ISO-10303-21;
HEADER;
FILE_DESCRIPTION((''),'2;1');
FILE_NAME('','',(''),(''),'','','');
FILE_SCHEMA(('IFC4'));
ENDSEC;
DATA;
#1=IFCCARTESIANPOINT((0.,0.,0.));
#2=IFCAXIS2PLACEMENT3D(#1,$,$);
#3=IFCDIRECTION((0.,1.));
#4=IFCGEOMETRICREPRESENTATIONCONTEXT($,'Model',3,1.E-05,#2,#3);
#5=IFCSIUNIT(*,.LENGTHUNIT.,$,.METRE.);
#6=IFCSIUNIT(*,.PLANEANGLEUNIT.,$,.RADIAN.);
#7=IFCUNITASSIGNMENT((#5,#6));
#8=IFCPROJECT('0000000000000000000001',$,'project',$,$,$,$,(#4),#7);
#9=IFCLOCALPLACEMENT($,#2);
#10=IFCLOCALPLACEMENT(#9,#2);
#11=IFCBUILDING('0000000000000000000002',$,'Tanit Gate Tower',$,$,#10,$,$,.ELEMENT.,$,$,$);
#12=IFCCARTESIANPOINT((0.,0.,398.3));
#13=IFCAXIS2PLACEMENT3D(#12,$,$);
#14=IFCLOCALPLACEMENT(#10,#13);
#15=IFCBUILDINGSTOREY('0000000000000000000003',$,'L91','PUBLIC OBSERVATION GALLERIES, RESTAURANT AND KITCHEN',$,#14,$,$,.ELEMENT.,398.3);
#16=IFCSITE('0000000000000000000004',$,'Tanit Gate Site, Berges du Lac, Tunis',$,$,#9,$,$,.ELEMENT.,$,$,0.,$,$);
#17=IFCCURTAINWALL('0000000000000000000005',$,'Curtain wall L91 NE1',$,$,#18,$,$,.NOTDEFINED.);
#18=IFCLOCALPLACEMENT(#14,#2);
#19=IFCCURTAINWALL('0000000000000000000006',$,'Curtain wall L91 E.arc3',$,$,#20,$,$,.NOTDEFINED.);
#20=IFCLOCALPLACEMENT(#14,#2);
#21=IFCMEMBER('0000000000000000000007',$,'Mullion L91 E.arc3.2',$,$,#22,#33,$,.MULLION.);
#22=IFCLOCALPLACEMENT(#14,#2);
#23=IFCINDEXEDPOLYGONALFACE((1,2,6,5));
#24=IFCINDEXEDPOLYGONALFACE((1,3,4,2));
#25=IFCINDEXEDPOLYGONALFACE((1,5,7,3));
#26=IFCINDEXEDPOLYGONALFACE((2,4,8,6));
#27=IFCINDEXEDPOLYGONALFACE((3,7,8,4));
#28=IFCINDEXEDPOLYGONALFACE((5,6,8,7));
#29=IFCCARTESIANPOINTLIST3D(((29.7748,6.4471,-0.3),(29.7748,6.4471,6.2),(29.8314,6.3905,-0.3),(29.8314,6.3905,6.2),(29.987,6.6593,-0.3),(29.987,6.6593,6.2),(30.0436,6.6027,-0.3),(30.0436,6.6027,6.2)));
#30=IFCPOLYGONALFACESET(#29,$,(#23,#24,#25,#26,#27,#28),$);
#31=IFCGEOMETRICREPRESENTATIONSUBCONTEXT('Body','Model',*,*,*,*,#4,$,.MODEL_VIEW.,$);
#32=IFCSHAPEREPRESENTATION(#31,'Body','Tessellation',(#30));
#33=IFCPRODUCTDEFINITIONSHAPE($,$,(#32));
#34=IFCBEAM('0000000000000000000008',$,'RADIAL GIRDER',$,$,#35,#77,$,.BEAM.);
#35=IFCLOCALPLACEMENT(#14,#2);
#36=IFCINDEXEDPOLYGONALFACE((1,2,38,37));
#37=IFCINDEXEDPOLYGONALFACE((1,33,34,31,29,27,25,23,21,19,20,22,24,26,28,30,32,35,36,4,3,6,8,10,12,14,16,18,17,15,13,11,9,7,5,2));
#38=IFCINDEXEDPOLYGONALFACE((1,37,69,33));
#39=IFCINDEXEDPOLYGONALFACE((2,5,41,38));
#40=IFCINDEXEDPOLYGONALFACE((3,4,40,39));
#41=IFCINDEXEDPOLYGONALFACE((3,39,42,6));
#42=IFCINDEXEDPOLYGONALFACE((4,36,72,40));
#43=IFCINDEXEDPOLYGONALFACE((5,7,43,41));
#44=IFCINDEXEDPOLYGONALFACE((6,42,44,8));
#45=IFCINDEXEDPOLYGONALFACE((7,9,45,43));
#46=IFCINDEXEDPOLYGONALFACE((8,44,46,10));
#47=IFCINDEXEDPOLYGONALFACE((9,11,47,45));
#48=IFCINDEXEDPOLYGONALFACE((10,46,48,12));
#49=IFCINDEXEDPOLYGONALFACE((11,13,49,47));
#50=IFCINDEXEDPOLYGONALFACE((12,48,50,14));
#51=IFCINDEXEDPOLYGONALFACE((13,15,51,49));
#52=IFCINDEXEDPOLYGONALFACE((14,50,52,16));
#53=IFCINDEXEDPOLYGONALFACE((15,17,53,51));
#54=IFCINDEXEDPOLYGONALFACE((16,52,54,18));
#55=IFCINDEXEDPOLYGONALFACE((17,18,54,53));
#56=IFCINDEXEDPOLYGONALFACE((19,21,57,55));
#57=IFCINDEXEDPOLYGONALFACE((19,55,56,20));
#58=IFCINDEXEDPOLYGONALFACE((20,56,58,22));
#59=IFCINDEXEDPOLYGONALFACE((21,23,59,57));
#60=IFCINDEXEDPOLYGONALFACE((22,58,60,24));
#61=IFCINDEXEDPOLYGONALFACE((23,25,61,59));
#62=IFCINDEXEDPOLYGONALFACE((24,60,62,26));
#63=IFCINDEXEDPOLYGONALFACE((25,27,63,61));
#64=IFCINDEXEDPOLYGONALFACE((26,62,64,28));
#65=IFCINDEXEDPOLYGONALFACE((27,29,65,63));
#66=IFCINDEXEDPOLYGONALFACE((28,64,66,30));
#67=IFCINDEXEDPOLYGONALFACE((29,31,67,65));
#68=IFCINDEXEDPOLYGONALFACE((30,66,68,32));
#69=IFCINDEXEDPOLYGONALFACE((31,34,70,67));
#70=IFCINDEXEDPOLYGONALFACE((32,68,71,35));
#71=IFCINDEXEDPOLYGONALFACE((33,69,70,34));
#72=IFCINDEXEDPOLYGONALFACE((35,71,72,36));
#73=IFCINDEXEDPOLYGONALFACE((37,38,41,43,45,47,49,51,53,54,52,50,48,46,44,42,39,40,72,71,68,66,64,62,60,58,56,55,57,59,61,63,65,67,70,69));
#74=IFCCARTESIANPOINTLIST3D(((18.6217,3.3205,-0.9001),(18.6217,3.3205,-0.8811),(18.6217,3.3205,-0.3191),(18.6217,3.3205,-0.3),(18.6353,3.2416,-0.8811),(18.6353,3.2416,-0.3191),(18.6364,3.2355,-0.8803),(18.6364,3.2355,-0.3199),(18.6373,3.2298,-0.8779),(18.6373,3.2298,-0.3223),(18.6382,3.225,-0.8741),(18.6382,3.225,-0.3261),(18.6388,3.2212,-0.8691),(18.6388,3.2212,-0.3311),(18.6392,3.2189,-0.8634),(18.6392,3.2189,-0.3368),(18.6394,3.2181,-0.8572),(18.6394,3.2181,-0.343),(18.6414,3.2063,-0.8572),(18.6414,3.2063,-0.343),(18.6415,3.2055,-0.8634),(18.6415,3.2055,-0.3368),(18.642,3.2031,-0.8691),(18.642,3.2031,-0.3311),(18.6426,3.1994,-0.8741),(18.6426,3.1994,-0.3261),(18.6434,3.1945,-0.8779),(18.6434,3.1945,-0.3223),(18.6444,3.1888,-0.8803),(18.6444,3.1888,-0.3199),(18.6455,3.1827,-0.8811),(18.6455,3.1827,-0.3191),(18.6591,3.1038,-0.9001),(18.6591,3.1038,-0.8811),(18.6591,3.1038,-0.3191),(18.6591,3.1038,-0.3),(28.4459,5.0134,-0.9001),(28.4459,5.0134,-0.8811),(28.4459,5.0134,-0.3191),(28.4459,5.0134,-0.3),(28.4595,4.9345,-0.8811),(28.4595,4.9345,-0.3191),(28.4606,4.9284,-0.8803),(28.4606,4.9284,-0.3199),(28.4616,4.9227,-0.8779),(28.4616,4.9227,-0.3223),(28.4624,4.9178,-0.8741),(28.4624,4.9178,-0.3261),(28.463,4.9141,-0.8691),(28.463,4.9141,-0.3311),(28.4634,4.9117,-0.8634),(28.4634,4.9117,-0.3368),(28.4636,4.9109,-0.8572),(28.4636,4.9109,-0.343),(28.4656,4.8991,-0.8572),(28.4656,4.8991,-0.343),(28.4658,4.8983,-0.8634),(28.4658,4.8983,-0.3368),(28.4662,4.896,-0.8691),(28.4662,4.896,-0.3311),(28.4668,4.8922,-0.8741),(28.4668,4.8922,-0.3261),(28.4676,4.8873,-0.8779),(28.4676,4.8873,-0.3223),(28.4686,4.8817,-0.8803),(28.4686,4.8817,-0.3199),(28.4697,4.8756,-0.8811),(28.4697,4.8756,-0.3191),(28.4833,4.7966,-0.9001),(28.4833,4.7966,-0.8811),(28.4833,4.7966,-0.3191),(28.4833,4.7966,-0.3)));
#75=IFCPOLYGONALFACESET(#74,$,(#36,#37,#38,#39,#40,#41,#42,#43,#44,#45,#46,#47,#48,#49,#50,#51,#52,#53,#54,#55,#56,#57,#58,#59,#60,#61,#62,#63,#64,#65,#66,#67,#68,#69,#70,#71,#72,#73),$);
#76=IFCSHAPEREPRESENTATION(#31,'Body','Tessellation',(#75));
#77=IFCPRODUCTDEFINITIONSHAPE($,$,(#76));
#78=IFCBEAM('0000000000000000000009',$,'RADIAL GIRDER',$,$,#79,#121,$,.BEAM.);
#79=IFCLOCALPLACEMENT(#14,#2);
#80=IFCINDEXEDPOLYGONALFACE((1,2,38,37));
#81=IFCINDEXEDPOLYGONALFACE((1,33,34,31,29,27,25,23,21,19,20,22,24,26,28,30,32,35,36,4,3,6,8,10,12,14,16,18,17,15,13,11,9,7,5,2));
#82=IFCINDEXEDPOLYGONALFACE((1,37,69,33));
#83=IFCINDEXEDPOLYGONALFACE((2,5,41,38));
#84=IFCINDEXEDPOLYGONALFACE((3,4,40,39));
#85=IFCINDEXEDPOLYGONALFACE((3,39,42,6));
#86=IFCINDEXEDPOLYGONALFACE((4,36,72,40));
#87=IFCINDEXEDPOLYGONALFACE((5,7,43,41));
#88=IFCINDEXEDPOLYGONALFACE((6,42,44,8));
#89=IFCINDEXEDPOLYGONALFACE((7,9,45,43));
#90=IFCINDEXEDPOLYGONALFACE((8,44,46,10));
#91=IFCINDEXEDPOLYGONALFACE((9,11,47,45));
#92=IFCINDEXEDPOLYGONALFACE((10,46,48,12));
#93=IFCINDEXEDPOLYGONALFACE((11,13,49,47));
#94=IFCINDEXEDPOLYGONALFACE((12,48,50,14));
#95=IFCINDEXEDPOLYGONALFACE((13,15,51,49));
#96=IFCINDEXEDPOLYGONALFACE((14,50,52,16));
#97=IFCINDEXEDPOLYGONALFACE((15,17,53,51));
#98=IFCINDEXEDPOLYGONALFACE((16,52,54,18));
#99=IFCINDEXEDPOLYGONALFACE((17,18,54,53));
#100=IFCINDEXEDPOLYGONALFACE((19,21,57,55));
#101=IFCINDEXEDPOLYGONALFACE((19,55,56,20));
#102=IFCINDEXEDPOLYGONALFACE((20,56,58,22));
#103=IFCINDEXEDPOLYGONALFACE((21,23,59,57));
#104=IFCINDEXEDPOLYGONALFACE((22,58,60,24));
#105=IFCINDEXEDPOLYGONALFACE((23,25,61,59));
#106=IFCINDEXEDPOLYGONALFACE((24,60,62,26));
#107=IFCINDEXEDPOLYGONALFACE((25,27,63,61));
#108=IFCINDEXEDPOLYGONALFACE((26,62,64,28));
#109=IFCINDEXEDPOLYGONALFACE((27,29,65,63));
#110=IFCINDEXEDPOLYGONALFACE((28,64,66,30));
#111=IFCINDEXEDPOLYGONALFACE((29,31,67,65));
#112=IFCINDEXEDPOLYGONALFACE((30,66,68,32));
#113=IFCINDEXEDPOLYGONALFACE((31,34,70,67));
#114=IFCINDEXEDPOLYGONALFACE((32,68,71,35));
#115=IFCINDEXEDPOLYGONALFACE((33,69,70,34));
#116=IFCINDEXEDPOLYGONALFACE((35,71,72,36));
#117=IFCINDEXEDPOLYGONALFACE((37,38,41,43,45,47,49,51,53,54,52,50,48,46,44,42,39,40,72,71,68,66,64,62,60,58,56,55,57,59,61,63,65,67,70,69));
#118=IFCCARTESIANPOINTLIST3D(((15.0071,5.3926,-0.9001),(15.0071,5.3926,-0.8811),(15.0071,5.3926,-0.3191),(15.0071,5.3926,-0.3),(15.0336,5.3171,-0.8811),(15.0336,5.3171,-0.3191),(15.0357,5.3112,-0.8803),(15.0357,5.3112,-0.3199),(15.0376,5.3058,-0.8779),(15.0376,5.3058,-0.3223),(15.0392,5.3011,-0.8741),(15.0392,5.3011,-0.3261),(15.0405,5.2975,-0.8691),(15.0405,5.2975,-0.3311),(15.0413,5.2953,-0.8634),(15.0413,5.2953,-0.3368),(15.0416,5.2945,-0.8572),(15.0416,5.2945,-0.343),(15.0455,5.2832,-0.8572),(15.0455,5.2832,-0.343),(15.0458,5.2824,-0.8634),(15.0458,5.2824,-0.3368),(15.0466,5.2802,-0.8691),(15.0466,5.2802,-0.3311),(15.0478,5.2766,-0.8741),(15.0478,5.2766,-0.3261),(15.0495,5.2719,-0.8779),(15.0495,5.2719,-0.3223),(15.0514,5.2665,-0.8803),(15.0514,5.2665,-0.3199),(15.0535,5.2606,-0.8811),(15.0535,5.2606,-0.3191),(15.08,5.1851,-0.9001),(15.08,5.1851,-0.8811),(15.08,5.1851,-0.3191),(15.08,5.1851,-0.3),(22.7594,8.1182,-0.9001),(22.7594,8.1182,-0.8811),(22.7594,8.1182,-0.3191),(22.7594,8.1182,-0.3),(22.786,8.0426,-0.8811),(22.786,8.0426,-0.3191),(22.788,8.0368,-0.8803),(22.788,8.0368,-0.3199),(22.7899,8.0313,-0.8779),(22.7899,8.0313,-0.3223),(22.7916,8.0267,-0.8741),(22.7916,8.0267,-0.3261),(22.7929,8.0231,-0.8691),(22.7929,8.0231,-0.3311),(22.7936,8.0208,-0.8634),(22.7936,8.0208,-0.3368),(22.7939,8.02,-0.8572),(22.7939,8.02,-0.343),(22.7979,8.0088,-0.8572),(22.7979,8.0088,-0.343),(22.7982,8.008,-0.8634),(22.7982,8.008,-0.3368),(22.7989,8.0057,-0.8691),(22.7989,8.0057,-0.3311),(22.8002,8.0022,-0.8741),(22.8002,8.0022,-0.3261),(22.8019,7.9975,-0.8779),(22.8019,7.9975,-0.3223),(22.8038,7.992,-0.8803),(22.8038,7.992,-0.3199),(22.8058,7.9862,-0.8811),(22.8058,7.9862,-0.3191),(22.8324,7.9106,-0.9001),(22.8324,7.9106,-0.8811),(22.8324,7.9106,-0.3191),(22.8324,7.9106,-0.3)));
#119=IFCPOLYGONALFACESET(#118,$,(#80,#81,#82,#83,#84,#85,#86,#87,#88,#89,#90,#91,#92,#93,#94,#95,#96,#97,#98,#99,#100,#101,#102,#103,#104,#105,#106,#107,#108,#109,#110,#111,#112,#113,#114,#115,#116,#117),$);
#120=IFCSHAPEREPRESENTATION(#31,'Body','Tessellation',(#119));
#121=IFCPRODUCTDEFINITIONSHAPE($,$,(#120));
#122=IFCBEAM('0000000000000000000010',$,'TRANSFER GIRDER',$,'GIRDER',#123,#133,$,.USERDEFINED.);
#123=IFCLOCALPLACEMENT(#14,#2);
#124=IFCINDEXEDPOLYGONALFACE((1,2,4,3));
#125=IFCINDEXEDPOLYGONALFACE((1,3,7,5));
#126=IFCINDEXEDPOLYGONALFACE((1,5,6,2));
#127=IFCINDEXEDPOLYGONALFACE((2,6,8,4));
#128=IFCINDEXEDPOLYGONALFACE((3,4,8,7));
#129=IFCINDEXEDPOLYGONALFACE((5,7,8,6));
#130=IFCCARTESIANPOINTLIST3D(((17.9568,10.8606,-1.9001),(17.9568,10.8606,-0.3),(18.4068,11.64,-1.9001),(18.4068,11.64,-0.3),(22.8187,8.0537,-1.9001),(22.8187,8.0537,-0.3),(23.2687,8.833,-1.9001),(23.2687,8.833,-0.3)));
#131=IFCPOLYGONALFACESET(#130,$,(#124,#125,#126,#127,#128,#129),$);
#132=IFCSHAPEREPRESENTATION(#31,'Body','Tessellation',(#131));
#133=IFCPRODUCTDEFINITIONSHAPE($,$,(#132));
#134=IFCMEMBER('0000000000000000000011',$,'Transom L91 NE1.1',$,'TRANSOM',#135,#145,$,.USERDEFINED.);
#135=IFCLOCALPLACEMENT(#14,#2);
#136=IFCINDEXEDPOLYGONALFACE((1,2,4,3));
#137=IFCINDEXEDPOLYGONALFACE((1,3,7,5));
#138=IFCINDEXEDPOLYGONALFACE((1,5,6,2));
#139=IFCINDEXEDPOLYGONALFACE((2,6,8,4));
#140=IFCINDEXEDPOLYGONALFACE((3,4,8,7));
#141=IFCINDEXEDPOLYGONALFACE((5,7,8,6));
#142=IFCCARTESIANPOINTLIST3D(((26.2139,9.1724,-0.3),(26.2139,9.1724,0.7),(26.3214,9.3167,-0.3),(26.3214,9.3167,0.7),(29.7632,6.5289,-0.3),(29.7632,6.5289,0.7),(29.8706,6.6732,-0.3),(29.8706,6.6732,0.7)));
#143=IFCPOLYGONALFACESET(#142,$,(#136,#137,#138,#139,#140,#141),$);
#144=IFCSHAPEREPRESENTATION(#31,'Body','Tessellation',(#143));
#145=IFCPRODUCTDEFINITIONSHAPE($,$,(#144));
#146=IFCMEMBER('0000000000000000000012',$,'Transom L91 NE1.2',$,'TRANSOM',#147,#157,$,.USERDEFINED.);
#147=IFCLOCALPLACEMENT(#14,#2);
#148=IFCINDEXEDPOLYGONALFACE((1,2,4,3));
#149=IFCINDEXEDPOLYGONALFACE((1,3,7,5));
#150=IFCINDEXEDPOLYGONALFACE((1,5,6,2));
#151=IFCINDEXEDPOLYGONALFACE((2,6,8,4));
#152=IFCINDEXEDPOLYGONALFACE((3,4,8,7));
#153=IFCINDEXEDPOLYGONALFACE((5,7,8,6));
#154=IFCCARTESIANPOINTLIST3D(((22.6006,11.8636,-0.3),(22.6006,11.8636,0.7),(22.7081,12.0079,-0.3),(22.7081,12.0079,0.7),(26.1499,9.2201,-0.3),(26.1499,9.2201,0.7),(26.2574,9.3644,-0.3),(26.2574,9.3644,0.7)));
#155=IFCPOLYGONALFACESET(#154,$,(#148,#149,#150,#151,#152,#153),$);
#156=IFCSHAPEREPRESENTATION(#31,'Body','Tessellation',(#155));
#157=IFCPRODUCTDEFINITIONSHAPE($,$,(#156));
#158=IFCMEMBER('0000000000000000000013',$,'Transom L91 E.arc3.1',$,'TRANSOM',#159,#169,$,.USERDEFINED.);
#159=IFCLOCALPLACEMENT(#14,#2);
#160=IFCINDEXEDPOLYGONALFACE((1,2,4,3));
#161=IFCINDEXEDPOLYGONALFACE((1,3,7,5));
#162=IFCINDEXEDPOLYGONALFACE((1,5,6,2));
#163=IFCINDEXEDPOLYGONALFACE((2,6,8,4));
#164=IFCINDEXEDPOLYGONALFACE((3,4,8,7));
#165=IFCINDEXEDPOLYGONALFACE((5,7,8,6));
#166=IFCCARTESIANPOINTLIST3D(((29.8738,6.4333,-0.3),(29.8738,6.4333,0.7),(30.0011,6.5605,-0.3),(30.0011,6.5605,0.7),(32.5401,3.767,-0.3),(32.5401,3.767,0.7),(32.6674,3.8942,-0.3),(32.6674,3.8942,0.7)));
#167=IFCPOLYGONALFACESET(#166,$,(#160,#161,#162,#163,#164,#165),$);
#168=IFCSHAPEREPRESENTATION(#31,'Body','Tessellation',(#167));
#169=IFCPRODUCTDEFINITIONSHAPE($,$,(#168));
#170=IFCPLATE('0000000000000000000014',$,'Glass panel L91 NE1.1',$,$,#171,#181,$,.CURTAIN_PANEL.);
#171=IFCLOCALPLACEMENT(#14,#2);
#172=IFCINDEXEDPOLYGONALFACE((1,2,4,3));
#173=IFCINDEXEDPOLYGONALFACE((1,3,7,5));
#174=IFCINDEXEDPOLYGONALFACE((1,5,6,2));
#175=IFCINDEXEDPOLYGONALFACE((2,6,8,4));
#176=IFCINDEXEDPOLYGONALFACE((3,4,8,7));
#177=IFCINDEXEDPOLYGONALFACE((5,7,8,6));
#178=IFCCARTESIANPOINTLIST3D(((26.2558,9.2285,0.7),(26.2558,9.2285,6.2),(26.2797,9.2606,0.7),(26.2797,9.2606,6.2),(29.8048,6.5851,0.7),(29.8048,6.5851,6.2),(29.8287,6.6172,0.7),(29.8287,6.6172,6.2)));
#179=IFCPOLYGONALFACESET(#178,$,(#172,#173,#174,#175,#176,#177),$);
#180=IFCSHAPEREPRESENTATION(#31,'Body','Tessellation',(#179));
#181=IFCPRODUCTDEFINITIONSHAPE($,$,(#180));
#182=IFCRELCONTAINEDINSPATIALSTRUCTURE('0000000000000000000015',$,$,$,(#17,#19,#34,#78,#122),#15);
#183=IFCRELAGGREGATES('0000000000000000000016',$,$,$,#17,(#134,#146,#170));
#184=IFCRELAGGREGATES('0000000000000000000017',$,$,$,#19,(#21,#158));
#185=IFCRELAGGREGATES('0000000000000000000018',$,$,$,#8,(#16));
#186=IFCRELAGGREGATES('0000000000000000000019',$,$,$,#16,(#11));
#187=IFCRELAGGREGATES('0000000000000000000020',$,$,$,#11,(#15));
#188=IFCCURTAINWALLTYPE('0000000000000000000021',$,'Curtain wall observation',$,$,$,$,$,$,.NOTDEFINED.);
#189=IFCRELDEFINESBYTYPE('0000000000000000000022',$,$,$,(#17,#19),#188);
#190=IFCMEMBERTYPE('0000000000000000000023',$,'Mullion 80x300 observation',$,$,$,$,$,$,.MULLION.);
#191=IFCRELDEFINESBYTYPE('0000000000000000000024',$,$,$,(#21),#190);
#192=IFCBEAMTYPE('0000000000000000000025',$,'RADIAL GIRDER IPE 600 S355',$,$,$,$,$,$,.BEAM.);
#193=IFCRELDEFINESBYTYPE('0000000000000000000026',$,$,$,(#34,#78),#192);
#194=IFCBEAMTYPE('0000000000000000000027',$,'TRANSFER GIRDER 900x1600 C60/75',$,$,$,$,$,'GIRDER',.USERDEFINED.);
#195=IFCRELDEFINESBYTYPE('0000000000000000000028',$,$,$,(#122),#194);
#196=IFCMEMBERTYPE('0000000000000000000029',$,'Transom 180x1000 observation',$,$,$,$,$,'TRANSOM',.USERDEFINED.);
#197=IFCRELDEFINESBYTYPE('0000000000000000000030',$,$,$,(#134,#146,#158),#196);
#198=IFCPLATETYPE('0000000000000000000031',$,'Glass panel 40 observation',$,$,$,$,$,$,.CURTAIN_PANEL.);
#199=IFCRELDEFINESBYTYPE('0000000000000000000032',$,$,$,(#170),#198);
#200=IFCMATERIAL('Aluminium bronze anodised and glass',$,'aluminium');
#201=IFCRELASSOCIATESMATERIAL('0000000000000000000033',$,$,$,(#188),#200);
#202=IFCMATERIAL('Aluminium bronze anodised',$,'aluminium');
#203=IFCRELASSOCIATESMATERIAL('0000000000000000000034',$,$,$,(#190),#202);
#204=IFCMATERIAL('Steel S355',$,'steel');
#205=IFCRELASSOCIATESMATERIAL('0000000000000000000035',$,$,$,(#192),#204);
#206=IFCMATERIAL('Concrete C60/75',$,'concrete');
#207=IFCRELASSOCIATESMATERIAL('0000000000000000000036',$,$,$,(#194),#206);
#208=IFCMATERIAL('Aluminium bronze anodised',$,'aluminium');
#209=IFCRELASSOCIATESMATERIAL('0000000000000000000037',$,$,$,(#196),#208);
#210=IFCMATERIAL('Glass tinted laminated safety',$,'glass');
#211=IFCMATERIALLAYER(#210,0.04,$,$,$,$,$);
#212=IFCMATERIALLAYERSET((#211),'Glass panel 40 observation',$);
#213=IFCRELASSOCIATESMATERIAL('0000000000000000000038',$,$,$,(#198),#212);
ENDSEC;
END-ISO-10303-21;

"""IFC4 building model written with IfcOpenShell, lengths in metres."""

from ifc_helpers import new_model, si_unit, direction, frame, origin, origin_2d, place, context, subcontext, project, spatial, rectangle, i_section, extrude, material, layer, layer_set, material_profile, profile_set, type_object, element, aggregate, save


model = new_model("IFC4")

# Units and contexts
model_context = context("Model", 3, precision=1e-05, world=origin(), true_north=direction((0.0, 1.0)))
body_context = subcontext(model_context, "Body", "Model", "MODEL_VIEW")
ifc_project = project(units=[si_unit("LENGTHUNIT", "METRE"), si_unit("PLANEANGLEUNIT", "RADIAN")], contexts=[model_context])

# Site, building, storey
site_placement = place(None, origin())
site = spatial("IfcSite", under=ifc_project, at=site_placement, Name="Tanit Gate Site, Berges du Lac, Tunis", CompositionType="ELEMENT", RefElevation=0.0)
building_placement = place(site_placement, origin())
building = spatial("IfcBuilding", under=site, at=building_placement, Name="Tanit Gate Tower", CompositionType="ELEMENT")
storey_placement = place(building_placement, frame((0.0, 0.0, 398.3)))
storey = spatial("IfcBuildingStorey", under=building, at=storey_placement, Name="L91", Description="PUBLIC OBSERVATION GALLERIES, RESTAURANT AND KITCHEN", CompositionType="ELEMENT", Elevation=398.3)

# Curtain wall
ifc_material_1 = material(Name="Aluminium bronze anodised and glass", Category="aluminium")
curtain_wall_type = type_object("IfcCurtainWallType", Name="Curtain wall observation", PredefinedType="NOTDEFINED", material=ifc_material_1)
curtain_wall_1_placement = place(storey_placement, origin())
curtain_wall_1 = element("IfcCurtainWall", 1, at=curtain_wall_1_placement, inside=storey, type_object=curtain_wall_type, Name="Curtain wall L91 NE1", PredefinedType="NOTDEFINED")
ifc_material_2 = material(Name="Aluminium bronze anodised", Category="aluminium")
ifc_material_profile_1 = material_profile(ifc_material_2, rectangle(XDim=0.3, YDim=0.0801, at=origin_2d()), Name="80x300 bronze mullion")
ifc_profile_set_1 = profile_set([ifc_material_profile_1], Name="Aluminium bronze anodised")
member_type_1 = type_object("IfcMemberType", Name="Mullion 80x300 observation", PredefinedType="MULLION", material=ifc_profile_set_1)

# Curtain wall, member
curtain_wall_2_placement = place(storey_placement, origin())
curtain_wall_2 = element("IfcCurtainWall", 2, at=curtain_wall_2_placement, inside=storey, type_object=curtain_wall_type, Name="Curtain wall L91 E.arc3", PredefinedType="NOTDEFINED")
member_1_placement = place(storey_placement, frame((29.9092, 6.5249, -0.3), z_axis=(0.0, 0.0, 1.0), x_axis=(-0.707107, -0.707107, 0.0)))
member_1 = element("IfcMember", 3, at=member_1_placement, type_object=member_type_1, Name="Mullion L91 E.arc3.2", PredefinedType="MULLION", context=body_context, shape_type="SweptSolid", body=[
    extrude(rectangle(XDim=0.3, YDim=0.0801, at=origin_2d()), origin(), (0.0, 0.0, 1.0), 6.5),
])

# Beams
ifc_material_3 = material(Name="Steel S355", Category="steel")
ifc_material_profile_2 = material_profile(ifc_material_3, i_section(OverallWidth=0.22, OverallDepth=0.6001, WebThickness=0.012, FlangeThickness=0.019, FilletRadius=0.0239, at=origin_2d()), Name="IPE 600")
ifc_profile_set_2 = profile_set([ifc_material_profile_2], Name="Steel S355")
beam_type_1 = type_object("IfcBeamType", Name="RADIAL GIRDER IPE 600 S355", PredefinedType="BEAM", material=ifc_profile_set_2)
beam_1_placement = place(storey_placement, frame((28.4646, 4.905, -0.6001), z_axis=(-0.985476, -0.169813, 0.0), x_axis=(0.169813, -0.985476, 0.0)))
element("IfcBeam", 4, at=beam_1_placement, inside=storey, type_object=beam_type_1, Name="RADIAL GIRDER", PredefinedType="BEAM", context=body_context, shape_type="SweptSolid", body=[
    extrude(i_section(OverallWidth=0.22, OverallDepth=0.6001, WebThickness=0.012, FlangeThickness=0.019, FilletRadius=0.0239, at=origin_2d()), origin(), (0.0, 0.0, 1.0), 9.969),
])
beam_2_placement = place(storey_placement, frame((22.7959, 8.0144, -0.6001), z_axis=(-0.943393, -0.331676, 0.0), x_axis=(0.331676, -0.943393, 0.0)))
element("IfcBeam", 5, at=beam_2_placement, inside=storey, type_object=beam_type_1, Name="RADIAL GIRDER", PredefinedType="BEAM", context=body_context, shape_type="SweptSolid", body=[
    extrude(i_section(OverallWidth=0.22, OverallDepth=0.6001, WebThickness=0.012, FlangeThickness=0.019, FilletRadius=0.0239, at=origin_2d()), origin(), (0.0, 0.0, 1.0), 8.2175),
])
ifc_material_4 = material(Name="Concrete C60/75", Category="concrete")
ifc_material_profile_3 = material_profile(ifc_material_4, rectangle(XDim=0.8999, YDim=1.6001, at=origin_2d()), Name="RC 900x1600")
ifc_profile_set_3 = profile_set([ifc_material_profile_3], Name="Concrete C60/75")
beam_type_2 = type_object("IfcBeamType", Name="TRANSFER GIRDER 900x1600 C60/75", ElementType="GIRDER", PredefinedType="USERDEFINED", material=ifc_profile_set_3)
beam_3_placement = place(storey_placement, frame((23.0437, 8.4434, -1.1001), z_axis=(-0.866032, 0.499988, 0.0), x_axis=(-0.499988, -0.866032, 0.0)))
element("IfcBeam", 6, at=beam_3_placement, inside=storey, type_object=beam_type_2, Name="TRANSFER GIRDER", ObjectType="GIRDER", PredefinedType="USERDEFINED", context=body_context, shape_type="SweptSolid", body=[
    extrude(rectangle(XDim=0.8999, YDim=1.6001, at=origin_2d()), origin(), (0.0, 0.0, 1.0), 5.614),
])

# Members
ifc_material_5 = material(Name="Aluminium bronze anodised", Category="aluminium")
ifc_material_profile_4 = material_profile(ifc_material_5, rectangle(XDim=0.1799, YDim=1.0, at=origin_2d()), Name="180x1000 bronze transom")
ifc_profile_set_4 = profile_set([ifc_material_profile_4], Name="Aluminium bronze anodised")
member_type_2 = type_object("IfcMemberType", Name="Transom 180x1000 observation", ElementType="TRANSOM", PredefinedType="USERDEFINED", material=ifc_profile_set_4)
member_2_placement = place(storey_placement, frame((29.8169, 6.6011, 0.2), z_axis=(-0.801995, 0.597331, 0.0), x_axis=(-0.597331, -0.801995, 0.0)))
member_2 = element("IfcMember", 7, at=member_2_placement, type_object=member_type_2, Name="Transom L91 NE1.1", ObjectType="TRANSOM", PredefinedType="USERDEFINED", context=body_context, shape_type="SweptSolid", body=[
    extrude(rectangle(XDim=0.1799, YDim=1.0, at=origin_2d()), origin(), (0.0, 0.0, 1.0), 4.4255),
])
member_3_placement = place(storey_placement, frame((26.2036, 9.2922, 0.2), z_axis=(-0.801995, 0.597331, 0.0), x_axis=(-0.597331, -0.801995, 0.0)))
member_3 = element("IfcMember", 8, at=member_3_placement, type_object=member_type_2, Name="Transom L91 NE1.2", ObjectType="TRANSOM", PredefinedType="USERDEFINED", context=body_context, shape_type="SweptSolid", body=[
    extrude(rectangle(XDim=0.1799, YDim=1.0, at=origin_2d()), origin(), (0.0, 0.0, 1.0), 4.4255),
])
member_4_placement = place(storey_placement, frame((32.6038, 3.8306, 0.2), z_axis=(-0.707107, 0.707107, 0.0), x_axis=(-0.707107, -0.707107, 0.0)))
member_4 = element("IfcMember", 9, at=member_4_placement, type_object=member_type_2, Name="Transom L91 E.arc3.1", ObjectType="TRANSOM", PredefinedType="USERDEFINED", context=body_context, shape_type="SweptSolid", body=[
    extrude(rectangle(XDim=0.1799, YDim=1.0, at=origin_2d()), origin(), (0.0, 0.0, 1.0), 3.7708),
])

# Plate
ifc_material_6 = material(Name="Glass tinted laminated safety", Category="glass")
ifc_layer_1 = layer(ifc_material_6, 0.04)
ifc_layer_set_1 = layer_set([ifc_layer_1], Name="Glass panel 40 observation")
plate_type = type_object("IfcPlateType", Name="Glass panel 40 observation", PredefinedType="CURTAIN_PANEL", material=ifc_layer_set_1)
plate_1_placement = place(storey_placement, frame((28.0422, 7.9229, 0.7), z_axis=(0.0, 0.0, 1.0), x_axis=(-0.801988, 0.597341, 0.0)))
plate_1 = element("IfcPlate", 10, at=plate_1_placement, type_object=plate_type, Name="Glass panel L91 NE1.1", PredefinedType="CURTAIN_PANEL", context=body_context, shape_type="SweptSolid", body=[
    extrude(rectangle(XDim=4.4253, YDim=0.04, at=origin_2d()), origin(), (0.0, 0.0, 1.0), 5.5),
])
aggregate(curtain_wall_1, [member_2, member_3, plate_1])
aggregate(curtain_wall_2, [member_1, member_4])

save(model, "model.ifc")
